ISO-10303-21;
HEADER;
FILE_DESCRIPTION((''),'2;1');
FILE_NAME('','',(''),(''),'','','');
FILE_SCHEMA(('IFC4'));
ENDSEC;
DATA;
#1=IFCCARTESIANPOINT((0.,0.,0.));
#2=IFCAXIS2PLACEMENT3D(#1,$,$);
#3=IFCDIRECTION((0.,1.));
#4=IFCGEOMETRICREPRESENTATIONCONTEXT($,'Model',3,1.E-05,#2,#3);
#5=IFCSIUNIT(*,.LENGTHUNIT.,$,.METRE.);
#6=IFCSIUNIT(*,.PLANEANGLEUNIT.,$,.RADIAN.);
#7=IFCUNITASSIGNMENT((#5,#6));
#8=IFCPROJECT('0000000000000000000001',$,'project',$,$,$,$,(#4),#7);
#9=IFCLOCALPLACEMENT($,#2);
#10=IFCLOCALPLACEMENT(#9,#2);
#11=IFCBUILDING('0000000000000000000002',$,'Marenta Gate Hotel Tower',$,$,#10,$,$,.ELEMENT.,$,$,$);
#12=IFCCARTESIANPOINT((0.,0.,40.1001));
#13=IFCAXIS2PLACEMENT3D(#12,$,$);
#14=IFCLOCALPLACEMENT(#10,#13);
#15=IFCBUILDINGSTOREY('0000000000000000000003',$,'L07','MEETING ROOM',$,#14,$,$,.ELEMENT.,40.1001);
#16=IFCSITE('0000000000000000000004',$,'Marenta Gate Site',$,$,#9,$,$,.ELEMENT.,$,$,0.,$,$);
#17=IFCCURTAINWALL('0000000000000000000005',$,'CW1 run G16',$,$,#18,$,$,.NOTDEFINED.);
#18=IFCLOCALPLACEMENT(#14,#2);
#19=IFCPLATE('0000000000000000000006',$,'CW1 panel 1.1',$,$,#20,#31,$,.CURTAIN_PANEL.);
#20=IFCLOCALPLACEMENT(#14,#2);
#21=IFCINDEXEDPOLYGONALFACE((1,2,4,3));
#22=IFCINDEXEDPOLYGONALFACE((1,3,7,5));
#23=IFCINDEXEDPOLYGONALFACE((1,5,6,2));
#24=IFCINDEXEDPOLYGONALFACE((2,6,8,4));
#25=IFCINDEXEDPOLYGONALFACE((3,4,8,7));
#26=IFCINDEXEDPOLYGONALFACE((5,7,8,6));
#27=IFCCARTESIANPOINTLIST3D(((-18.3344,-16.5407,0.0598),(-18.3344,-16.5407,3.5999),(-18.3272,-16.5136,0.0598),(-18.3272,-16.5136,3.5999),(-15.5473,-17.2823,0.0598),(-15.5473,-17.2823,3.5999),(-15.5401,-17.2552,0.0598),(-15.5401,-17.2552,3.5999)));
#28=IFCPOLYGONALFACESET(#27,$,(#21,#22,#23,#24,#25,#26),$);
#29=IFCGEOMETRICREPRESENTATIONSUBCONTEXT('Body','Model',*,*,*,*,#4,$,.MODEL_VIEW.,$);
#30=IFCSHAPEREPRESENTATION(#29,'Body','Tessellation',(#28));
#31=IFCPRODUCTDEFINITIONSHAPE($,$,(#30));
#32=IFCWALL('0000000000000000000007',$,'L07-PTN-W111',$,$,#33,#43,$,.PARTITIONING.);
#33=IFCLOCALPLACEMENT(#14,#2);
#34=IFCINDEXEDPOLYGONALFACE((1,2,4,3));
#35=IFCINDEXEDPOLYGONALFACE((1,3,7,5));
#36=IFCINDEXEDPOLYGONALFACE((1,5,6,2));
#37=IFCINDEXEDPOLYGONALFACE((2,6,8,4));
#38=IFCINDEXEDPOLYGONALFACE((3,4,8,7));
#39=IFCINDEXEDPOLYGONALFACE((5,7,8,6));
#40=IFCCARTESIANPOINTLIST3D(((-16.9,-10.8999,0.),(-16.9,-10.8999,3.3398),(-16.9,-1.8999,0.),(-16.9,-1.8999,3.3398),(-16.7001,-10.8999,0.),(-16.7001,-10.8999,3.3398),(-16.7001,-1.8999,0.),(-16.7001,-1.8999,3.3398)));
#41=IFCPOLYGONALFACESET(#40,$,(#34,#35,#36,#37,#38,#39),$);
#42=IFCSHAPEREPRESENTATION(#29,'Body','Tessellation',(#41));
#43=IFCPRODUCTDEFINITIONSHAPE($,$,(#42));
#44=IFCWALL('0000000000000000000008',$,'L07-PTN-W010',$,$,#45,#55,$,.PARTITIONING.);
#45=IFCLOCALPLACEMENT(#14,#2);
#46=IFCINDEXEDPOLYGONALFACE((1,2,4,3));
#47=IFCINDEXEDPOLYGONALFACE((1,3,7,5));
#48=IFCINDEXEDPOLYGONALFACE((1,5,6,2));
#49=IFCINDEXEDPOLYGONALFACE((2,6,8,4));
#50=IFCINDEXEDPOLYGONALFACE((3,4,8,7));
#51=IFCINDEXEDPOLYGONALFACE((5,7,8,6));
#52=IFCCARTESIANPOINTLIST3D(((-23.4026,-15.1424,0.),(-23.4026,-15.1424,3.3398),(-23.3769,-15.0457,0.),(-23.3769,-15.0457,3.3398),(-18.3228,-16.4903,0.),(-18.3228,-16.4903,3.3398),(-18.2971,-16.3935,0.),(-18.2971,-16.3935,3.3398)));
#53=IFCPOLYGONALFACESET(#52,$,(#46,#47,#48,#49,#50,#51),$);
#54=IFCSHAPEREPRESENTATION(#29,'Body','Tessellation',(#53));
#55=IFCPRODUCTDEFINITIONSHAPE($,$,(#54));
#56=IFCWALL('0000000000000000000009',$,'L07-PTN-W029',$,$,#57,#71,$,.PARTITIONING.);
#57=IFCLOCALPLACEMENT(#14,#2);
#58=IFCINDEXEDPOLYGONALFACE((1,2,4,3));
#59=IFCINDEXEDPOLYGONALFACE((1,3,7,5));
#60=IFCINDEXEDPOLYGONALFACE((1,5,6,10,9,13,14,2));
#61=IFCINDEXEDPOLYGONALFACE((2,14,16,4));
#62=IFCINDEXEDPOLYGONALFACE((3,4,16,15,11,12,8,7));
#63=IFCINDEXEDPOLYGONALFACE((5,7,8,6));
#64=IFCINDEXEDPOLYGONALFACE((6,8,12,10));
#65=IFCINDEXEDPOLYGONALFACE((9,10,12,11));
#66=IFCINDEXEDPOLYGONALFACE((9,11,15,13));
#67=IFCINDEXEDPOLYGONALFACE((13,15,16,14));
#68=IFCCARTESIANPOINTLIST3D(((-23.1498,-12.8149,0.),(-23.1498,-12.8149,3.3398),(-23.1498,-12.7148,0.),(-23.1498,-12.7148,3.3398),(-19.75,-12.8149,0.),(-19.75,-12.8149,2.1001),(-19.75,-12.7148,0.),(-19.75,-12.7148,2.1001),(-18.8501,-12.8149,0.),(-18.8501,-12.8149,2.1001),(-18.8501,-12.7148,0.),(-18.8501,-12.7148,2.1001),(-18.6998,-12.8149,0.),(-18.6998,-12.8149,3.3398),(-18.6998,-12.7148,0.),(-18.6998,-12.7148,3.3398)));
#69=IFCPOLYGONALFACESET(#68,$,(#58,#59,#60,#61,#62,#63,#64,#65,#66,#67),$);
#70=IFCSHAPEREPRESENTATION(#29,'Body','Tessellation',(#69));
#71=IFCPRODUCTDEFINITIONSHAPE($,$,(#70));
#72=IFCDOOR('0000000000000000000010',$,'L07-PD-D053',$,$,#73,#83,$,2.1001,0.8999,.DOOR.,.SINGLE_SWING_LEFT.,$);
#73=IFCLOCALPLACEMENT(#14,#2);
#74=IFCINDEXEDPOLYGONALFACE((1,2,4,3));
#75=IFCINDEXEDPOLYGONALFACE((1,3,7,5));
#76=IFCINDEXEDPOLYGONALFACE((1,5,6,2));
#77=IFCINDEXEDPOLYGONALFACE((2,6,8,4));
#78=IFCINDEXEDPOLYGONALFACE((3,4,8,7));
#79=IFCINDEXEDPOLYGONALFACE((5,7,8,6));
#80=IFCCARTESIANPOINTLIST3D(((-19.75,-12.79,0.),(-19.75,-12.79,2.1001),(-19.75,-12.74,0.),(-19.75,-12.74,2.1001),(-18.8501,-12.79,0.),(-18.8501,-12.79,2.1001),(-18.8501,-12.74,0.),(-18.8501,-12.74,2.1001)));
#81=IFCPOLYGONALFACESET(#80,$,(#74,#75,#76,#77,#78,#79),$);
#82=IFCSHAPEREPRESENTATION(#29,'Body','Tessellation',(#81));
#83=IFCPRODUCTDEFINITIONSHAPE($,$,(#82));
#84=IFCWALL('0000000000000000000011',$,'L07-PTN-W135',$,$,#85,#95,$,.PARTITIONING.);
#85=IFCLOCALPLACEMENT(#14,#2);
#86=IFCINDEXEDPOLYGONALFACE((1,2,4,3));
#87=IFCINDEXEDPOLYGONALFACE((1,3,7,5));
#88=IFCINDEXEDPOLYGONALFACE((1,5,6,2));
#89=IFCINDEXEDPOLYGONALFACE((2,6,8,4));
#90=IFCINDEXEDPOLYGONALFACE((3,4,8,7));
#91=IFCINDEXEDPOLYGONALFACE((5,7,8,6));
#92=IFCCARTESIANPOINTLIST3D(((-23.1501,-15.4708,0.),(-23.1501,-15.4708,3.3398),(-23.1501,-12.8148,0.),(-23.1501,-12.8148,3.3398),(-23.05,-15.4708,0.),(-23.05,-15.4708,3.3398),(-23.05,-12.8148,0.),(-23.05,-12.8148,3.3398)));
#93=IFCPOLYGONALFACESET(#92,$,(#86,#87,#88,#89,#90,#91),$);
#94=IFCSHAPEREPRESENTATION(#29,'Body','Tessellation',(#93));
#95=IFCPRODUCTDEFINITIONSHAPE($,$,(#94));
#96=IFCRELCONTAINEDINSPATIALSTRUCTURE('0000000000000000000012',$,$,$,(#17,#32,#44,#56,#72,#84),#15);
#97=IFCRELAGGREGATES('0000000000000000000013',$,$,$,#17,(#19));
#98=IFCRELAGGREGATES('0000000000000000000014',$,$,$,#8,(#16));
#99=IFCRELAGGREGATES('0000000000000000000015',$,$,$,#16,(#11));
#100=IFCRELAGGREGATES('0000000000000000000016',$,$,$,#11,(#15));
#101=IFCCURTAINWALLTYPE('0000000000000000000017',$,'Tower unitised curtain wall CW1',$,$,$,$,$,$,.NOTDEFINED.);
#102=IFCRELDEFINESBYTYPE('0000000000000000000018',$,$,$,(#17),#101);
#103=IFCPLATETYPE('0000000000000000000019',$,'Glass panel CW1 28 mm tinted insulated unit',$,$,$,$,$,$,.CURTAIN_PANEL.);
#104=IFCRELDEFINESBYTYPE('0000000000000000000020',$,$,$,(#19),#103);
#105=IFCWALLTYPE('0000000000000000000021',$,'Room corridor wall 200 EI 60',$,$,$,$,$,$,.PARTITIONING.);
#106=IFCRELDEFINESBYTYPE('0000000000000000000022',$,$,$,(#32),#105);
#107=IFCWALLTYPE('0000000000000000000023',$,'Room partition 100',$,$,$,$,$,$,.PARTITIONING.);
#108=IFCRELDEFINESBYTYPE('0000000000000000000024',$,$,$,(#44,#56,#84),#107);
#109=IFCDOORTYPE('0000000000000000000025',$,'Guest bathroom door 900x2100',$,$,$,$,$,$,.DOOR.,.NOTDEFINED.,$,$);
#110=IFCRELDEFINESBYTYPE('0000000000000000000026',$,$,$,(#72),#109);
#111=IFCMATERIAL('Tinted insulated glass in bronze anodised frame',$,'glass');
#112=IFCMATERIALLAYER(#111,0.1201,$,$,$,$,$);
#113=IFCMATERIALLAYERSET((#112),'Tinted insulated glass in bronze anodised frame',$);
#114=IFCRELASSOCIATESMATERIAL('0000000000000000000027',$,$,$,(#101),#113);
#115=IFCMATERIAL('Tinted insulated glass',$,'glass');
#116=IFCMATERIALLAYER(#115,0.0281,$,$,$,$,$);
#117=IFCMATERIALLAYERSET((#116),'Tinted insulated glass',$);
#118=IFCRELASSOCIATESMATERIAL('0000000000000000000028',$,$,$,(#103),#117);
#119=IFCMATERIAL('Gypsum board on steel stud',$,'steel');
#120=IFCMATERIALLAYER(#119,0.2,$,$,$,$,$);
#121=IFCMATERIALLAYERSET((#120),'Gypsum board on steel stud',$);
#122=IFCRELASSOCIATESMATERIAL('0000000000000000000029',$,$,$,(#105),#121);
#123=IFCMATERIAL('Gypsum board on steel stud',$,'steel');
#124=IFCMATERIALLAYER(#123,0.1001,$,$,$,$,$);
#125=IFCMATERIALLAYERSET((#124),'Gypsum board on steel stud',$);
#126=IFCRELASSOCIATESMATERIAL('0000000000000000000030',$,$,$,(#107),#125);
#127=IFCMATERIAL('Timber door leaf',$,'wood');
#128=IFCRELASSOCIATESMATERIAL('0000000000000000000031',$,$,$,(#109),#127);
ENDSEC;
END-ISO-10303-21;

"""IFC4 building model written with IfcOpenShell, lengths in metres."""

from ifc_helpers import new_model, si_unit, direction, frame, frame_2d, origin, origin_2d, place, context, subcontext, project, spatial, rectangle, extrude, material, layer, layer_set, type_object, element, fill, aggregate, save


model = new_model("IFC4")

# Units and contexts
model_context = context("Model", 3, precision=1e-05, world=origin(), true_north=direction((0.0, 1.0)))
body_context = subcontext(model_context, "Body", "Model", "MODEL_VIEW")
ifc_project = project(units=[si_unit("LENGTHUNIT", "METRE"), si_unit("PLANEANGLEUNIT", "RADIAN")], contexts=[model_context])

# Site, building, storey
site_placement = place(None, origin())
site = spatial("IfcSite", under=ifc_project, at=site_placement, Name="Marenta Gate Site", CompositionType="ELEMENT", RefElevation=0.0)
building_placement = place(site_placement, origin())
building = spatial("IfcBuilding", under=site, at=building_placement, Name="Marenta Gate Hotel Tower", CompositionType="ELEMENT")
storey_placement = place(building_placement, frame((0.0, 0.0, 40.1001)))
storey = spatial("IfcBuildingStorey", under=building, at=storey_placement, Name="L07", Description="MEETING ROOM", CompositionType="ELEMENT", Elevation=40.1001)

# Curtain wall
ifc_material_1 = material(Name="Tinted insulated glass in bronze anodised frame", Category="glass")
ifc_layer_1 = layer(ifc_material_1, 0.1201)
ifc_layer_set_1 = layer_set([ifc_layer_1], Name="Tinted insulated glass in bronze anodised frame")
curtain_wall_type = type_object("IfcCurtainWallType", Name="Tower unitised curtain wall CW1", PredefinedType="NOTDEFINED", material=ifc_layer_set_1)
curtain_wall_1_placement = place(storey_placement, origin())
curtain_wall_1 = element("IfcCurtainWall", 1, at=curtain_wall_1_placement, inside=storey, type_object=curtain_wall_type, Name="CW1 run G16", PredefinedType="NOTDEFINED")

# Shared definitions
ifc_material_2 = material(Name="Tinted insulated glass", Category="glass")
ifc_layer_2 = layer(ifc_material_2, 0.0281)
ifc_layer_set_2 = layer_set([ifc_layer_2], Name="Tinted insulated glass")
plate_type = type_object("IfcPlateType", Name="Glass panel CW1 28 mm tinted insulated unit", PredefinedType="CURTAIN_PANEL", material=ifc_layer_set_2)

# Plate
plate_1_placement = place(storey_placement, frame((-16.9373, -16.8979, 0.0598), z_axis=(0.0, 0.0, 1.0), x_axis=(0.966376, -0.257134, 0.0)))
plate_1 = element("IfcPlate", 2, at=plate_1_placement, type_object=plate_type, Name="CW1 panel 1.1", PredefinedType="CURTAIN_PANEL", context=body_context, shape_type="SweptSolid", body=[
    extrude(rectangle(XDim=2.884, YDim=0.0281, at=origin_2d()), origin(), (0.0, 0.0, 1.0), 3.54),
])
aggregate(curtain_wall_1, [plate_1])

# Wall
ifc_material_3 = material(Name="Gypsum board on steel stud", Category="steel")
ifc_layer_3 = layer(ifc_material_3, 0.2)
ifc_layer_set_3 = layer_set([ifc_layer_3], Name="Gypsum board on steel stud")
wall_type_1 = type_object("IfcWallType", Name="Room corridor wall 200 EI 60", PredefinedType="PARTITIONING", material=ifc_layer_set_3)
wall_1_placement = place(storey_placement, frame((-16.8, -10.8999, 0.0), z_axis=(0.0, 0.0, 1.0), x_axis=(0.0, 1.0, 0.0)))
element("IfcWall", 3, at=wall_1_placement, inside=storey, type_object=wall_type_1, Name="L07-PTN-W111", PredefinedType="PARTITIONING", context=body_context, shape_type="SweptSolid", body=[
    extrude(rectangle(XDim=9.0, YDim=0.2, at=frame_2d((4.5, 0.0))), origin(), (0.0, 0.0, 1.0), 3.3398),
])

# Wall
ifc_material_4 = material(Name="Gypsum board on steel stud", Category="steel")
ifc_layer_4 = layer(ifc_material_4, 0.1001)
ifc_layer_set_4 = layer_set([ifc_layer_4], Name="Gypsum board on steel stud")
wall_type_2 = type_object("IfcWallType", Name="Room partition 100", PredefinedType="PARTITIONING", material=ifc_layer_set_4)
wall_2_placement = place(storey_placement, frame((-23.3899, -15.094, 0.0), z_axis=(0.0, 0.0, 1.0), x_axis=(0.966553, -0.256468, 0.0)))
element("IfcWall", 4, at=wall_2_placement, inside=storey, type_object=wall_type_2, Name="L07-PTN-W010", PredefinedType="PARTITIONING", context=body_context, shape_type="SweptSolid", body=[
    extrude(rectangle(XDim=5.2556, YDim=0.1001, at=frame_2d((2.6279, 0.0))), origin(), (0.0, 0.0, 1.0), 3.3398),
])

# Wall, opening, door
wall_3_placement = place(storey_placement, frame((-23.1499, -12.7649, 0.0), z_axis=(0.0, 0.0, 1.0), x_axis=(1.0, 0.0, 0.0)))
wall_3 = element("IfcWall", 5, at=wall_3_placement, inside=storey, type_object=wall_type_2, Name="L07-PTN-W029", PredefinedType="PARTITIONING", context=body_context, shape_type="SweptSolid", body=[
    extrude(rectangle(XDim=4.45, YDim=0.1001, at=frame_2d((2.2251, 0.0))), origin(), (0.0, 0.0, 1.0), 3.3398),
])
opening_1_placement = place(wall_3_placement, frame((3.3999, 0.0, 0.0)))
opening_1 = element("IfcOpeningElement", 6, at=opening_1_placement, cuts=wall_3, PredefinedType="OPENING", context=body_context, shape_type="SweptSolid", body=[
    extrude(rectangle(XDim=0.8999, YDim=2.1001, at=frame_2d((0.45, 1.05))), frame((0.0, 0.05, 0.0), z_axis=(0.0, -1.0, 0.0), x_axis=(1.0, 0.0, 0.0)), (0.0, 0.0, 1.0), 0.1001),
])
ifc_material_5 = material(Name="Timber door leaf", Category="wood")
door_type_1 = type_object("IfcDoorType", Name="Guest bathroom door 900x2100", OperationType="NOTDEFINED", PredefinedType="DOOR", material=ifc_material_5)
door_1_placement = place(opening_1_placement, origin())
door_1 = element("IfcDoor", 7, at=door_1_placement, inside=storey, type_object=door_type_1, Name="L07-PD-D053", OperationType="SINGLE_SWING_LEFT", OverallHeight=2.1001, OverallWidth=0.8999, PredefinedType="DOOR", context=body_context, shape_type="SweptSolid", body=[
    extrude(rectangle(XDim=0.8999, YDim=2.1001, at=frame_2d((0.45, 1.05))), frame((0.0, 0.0249, 0.0), z_axis=(0.0, -1.0, 0.0), x_axis=(1.0, 0.0, 0.0)), (0.0, 0.0, 1.0), 0.05),
])
fill(opening_1, door_1)

# Wall
wall_4_placement = place(storey_placement, frame((-23.1001, -15.4709, 0.0), z_axis=(0.0, 0.0, 1.0), x_axis=(0.0, 1.0, 0.0)))
element("IfcWall", 8, at=wall_4_placement, inside=storey, type_object=wall_type_2, Name="L07-PTN-W135", PredefinedType="PARTITIONING", context=body_context, shape_type="SweptSolid", body=[
    extrude(rectangle(XDim=2.656, YDim=0.1001, at=frame_2d((1.3281, 0.0))), origin(), (0.0, 0.0, 1.0), 3.3398),
])

save(model, "model.ifc")
